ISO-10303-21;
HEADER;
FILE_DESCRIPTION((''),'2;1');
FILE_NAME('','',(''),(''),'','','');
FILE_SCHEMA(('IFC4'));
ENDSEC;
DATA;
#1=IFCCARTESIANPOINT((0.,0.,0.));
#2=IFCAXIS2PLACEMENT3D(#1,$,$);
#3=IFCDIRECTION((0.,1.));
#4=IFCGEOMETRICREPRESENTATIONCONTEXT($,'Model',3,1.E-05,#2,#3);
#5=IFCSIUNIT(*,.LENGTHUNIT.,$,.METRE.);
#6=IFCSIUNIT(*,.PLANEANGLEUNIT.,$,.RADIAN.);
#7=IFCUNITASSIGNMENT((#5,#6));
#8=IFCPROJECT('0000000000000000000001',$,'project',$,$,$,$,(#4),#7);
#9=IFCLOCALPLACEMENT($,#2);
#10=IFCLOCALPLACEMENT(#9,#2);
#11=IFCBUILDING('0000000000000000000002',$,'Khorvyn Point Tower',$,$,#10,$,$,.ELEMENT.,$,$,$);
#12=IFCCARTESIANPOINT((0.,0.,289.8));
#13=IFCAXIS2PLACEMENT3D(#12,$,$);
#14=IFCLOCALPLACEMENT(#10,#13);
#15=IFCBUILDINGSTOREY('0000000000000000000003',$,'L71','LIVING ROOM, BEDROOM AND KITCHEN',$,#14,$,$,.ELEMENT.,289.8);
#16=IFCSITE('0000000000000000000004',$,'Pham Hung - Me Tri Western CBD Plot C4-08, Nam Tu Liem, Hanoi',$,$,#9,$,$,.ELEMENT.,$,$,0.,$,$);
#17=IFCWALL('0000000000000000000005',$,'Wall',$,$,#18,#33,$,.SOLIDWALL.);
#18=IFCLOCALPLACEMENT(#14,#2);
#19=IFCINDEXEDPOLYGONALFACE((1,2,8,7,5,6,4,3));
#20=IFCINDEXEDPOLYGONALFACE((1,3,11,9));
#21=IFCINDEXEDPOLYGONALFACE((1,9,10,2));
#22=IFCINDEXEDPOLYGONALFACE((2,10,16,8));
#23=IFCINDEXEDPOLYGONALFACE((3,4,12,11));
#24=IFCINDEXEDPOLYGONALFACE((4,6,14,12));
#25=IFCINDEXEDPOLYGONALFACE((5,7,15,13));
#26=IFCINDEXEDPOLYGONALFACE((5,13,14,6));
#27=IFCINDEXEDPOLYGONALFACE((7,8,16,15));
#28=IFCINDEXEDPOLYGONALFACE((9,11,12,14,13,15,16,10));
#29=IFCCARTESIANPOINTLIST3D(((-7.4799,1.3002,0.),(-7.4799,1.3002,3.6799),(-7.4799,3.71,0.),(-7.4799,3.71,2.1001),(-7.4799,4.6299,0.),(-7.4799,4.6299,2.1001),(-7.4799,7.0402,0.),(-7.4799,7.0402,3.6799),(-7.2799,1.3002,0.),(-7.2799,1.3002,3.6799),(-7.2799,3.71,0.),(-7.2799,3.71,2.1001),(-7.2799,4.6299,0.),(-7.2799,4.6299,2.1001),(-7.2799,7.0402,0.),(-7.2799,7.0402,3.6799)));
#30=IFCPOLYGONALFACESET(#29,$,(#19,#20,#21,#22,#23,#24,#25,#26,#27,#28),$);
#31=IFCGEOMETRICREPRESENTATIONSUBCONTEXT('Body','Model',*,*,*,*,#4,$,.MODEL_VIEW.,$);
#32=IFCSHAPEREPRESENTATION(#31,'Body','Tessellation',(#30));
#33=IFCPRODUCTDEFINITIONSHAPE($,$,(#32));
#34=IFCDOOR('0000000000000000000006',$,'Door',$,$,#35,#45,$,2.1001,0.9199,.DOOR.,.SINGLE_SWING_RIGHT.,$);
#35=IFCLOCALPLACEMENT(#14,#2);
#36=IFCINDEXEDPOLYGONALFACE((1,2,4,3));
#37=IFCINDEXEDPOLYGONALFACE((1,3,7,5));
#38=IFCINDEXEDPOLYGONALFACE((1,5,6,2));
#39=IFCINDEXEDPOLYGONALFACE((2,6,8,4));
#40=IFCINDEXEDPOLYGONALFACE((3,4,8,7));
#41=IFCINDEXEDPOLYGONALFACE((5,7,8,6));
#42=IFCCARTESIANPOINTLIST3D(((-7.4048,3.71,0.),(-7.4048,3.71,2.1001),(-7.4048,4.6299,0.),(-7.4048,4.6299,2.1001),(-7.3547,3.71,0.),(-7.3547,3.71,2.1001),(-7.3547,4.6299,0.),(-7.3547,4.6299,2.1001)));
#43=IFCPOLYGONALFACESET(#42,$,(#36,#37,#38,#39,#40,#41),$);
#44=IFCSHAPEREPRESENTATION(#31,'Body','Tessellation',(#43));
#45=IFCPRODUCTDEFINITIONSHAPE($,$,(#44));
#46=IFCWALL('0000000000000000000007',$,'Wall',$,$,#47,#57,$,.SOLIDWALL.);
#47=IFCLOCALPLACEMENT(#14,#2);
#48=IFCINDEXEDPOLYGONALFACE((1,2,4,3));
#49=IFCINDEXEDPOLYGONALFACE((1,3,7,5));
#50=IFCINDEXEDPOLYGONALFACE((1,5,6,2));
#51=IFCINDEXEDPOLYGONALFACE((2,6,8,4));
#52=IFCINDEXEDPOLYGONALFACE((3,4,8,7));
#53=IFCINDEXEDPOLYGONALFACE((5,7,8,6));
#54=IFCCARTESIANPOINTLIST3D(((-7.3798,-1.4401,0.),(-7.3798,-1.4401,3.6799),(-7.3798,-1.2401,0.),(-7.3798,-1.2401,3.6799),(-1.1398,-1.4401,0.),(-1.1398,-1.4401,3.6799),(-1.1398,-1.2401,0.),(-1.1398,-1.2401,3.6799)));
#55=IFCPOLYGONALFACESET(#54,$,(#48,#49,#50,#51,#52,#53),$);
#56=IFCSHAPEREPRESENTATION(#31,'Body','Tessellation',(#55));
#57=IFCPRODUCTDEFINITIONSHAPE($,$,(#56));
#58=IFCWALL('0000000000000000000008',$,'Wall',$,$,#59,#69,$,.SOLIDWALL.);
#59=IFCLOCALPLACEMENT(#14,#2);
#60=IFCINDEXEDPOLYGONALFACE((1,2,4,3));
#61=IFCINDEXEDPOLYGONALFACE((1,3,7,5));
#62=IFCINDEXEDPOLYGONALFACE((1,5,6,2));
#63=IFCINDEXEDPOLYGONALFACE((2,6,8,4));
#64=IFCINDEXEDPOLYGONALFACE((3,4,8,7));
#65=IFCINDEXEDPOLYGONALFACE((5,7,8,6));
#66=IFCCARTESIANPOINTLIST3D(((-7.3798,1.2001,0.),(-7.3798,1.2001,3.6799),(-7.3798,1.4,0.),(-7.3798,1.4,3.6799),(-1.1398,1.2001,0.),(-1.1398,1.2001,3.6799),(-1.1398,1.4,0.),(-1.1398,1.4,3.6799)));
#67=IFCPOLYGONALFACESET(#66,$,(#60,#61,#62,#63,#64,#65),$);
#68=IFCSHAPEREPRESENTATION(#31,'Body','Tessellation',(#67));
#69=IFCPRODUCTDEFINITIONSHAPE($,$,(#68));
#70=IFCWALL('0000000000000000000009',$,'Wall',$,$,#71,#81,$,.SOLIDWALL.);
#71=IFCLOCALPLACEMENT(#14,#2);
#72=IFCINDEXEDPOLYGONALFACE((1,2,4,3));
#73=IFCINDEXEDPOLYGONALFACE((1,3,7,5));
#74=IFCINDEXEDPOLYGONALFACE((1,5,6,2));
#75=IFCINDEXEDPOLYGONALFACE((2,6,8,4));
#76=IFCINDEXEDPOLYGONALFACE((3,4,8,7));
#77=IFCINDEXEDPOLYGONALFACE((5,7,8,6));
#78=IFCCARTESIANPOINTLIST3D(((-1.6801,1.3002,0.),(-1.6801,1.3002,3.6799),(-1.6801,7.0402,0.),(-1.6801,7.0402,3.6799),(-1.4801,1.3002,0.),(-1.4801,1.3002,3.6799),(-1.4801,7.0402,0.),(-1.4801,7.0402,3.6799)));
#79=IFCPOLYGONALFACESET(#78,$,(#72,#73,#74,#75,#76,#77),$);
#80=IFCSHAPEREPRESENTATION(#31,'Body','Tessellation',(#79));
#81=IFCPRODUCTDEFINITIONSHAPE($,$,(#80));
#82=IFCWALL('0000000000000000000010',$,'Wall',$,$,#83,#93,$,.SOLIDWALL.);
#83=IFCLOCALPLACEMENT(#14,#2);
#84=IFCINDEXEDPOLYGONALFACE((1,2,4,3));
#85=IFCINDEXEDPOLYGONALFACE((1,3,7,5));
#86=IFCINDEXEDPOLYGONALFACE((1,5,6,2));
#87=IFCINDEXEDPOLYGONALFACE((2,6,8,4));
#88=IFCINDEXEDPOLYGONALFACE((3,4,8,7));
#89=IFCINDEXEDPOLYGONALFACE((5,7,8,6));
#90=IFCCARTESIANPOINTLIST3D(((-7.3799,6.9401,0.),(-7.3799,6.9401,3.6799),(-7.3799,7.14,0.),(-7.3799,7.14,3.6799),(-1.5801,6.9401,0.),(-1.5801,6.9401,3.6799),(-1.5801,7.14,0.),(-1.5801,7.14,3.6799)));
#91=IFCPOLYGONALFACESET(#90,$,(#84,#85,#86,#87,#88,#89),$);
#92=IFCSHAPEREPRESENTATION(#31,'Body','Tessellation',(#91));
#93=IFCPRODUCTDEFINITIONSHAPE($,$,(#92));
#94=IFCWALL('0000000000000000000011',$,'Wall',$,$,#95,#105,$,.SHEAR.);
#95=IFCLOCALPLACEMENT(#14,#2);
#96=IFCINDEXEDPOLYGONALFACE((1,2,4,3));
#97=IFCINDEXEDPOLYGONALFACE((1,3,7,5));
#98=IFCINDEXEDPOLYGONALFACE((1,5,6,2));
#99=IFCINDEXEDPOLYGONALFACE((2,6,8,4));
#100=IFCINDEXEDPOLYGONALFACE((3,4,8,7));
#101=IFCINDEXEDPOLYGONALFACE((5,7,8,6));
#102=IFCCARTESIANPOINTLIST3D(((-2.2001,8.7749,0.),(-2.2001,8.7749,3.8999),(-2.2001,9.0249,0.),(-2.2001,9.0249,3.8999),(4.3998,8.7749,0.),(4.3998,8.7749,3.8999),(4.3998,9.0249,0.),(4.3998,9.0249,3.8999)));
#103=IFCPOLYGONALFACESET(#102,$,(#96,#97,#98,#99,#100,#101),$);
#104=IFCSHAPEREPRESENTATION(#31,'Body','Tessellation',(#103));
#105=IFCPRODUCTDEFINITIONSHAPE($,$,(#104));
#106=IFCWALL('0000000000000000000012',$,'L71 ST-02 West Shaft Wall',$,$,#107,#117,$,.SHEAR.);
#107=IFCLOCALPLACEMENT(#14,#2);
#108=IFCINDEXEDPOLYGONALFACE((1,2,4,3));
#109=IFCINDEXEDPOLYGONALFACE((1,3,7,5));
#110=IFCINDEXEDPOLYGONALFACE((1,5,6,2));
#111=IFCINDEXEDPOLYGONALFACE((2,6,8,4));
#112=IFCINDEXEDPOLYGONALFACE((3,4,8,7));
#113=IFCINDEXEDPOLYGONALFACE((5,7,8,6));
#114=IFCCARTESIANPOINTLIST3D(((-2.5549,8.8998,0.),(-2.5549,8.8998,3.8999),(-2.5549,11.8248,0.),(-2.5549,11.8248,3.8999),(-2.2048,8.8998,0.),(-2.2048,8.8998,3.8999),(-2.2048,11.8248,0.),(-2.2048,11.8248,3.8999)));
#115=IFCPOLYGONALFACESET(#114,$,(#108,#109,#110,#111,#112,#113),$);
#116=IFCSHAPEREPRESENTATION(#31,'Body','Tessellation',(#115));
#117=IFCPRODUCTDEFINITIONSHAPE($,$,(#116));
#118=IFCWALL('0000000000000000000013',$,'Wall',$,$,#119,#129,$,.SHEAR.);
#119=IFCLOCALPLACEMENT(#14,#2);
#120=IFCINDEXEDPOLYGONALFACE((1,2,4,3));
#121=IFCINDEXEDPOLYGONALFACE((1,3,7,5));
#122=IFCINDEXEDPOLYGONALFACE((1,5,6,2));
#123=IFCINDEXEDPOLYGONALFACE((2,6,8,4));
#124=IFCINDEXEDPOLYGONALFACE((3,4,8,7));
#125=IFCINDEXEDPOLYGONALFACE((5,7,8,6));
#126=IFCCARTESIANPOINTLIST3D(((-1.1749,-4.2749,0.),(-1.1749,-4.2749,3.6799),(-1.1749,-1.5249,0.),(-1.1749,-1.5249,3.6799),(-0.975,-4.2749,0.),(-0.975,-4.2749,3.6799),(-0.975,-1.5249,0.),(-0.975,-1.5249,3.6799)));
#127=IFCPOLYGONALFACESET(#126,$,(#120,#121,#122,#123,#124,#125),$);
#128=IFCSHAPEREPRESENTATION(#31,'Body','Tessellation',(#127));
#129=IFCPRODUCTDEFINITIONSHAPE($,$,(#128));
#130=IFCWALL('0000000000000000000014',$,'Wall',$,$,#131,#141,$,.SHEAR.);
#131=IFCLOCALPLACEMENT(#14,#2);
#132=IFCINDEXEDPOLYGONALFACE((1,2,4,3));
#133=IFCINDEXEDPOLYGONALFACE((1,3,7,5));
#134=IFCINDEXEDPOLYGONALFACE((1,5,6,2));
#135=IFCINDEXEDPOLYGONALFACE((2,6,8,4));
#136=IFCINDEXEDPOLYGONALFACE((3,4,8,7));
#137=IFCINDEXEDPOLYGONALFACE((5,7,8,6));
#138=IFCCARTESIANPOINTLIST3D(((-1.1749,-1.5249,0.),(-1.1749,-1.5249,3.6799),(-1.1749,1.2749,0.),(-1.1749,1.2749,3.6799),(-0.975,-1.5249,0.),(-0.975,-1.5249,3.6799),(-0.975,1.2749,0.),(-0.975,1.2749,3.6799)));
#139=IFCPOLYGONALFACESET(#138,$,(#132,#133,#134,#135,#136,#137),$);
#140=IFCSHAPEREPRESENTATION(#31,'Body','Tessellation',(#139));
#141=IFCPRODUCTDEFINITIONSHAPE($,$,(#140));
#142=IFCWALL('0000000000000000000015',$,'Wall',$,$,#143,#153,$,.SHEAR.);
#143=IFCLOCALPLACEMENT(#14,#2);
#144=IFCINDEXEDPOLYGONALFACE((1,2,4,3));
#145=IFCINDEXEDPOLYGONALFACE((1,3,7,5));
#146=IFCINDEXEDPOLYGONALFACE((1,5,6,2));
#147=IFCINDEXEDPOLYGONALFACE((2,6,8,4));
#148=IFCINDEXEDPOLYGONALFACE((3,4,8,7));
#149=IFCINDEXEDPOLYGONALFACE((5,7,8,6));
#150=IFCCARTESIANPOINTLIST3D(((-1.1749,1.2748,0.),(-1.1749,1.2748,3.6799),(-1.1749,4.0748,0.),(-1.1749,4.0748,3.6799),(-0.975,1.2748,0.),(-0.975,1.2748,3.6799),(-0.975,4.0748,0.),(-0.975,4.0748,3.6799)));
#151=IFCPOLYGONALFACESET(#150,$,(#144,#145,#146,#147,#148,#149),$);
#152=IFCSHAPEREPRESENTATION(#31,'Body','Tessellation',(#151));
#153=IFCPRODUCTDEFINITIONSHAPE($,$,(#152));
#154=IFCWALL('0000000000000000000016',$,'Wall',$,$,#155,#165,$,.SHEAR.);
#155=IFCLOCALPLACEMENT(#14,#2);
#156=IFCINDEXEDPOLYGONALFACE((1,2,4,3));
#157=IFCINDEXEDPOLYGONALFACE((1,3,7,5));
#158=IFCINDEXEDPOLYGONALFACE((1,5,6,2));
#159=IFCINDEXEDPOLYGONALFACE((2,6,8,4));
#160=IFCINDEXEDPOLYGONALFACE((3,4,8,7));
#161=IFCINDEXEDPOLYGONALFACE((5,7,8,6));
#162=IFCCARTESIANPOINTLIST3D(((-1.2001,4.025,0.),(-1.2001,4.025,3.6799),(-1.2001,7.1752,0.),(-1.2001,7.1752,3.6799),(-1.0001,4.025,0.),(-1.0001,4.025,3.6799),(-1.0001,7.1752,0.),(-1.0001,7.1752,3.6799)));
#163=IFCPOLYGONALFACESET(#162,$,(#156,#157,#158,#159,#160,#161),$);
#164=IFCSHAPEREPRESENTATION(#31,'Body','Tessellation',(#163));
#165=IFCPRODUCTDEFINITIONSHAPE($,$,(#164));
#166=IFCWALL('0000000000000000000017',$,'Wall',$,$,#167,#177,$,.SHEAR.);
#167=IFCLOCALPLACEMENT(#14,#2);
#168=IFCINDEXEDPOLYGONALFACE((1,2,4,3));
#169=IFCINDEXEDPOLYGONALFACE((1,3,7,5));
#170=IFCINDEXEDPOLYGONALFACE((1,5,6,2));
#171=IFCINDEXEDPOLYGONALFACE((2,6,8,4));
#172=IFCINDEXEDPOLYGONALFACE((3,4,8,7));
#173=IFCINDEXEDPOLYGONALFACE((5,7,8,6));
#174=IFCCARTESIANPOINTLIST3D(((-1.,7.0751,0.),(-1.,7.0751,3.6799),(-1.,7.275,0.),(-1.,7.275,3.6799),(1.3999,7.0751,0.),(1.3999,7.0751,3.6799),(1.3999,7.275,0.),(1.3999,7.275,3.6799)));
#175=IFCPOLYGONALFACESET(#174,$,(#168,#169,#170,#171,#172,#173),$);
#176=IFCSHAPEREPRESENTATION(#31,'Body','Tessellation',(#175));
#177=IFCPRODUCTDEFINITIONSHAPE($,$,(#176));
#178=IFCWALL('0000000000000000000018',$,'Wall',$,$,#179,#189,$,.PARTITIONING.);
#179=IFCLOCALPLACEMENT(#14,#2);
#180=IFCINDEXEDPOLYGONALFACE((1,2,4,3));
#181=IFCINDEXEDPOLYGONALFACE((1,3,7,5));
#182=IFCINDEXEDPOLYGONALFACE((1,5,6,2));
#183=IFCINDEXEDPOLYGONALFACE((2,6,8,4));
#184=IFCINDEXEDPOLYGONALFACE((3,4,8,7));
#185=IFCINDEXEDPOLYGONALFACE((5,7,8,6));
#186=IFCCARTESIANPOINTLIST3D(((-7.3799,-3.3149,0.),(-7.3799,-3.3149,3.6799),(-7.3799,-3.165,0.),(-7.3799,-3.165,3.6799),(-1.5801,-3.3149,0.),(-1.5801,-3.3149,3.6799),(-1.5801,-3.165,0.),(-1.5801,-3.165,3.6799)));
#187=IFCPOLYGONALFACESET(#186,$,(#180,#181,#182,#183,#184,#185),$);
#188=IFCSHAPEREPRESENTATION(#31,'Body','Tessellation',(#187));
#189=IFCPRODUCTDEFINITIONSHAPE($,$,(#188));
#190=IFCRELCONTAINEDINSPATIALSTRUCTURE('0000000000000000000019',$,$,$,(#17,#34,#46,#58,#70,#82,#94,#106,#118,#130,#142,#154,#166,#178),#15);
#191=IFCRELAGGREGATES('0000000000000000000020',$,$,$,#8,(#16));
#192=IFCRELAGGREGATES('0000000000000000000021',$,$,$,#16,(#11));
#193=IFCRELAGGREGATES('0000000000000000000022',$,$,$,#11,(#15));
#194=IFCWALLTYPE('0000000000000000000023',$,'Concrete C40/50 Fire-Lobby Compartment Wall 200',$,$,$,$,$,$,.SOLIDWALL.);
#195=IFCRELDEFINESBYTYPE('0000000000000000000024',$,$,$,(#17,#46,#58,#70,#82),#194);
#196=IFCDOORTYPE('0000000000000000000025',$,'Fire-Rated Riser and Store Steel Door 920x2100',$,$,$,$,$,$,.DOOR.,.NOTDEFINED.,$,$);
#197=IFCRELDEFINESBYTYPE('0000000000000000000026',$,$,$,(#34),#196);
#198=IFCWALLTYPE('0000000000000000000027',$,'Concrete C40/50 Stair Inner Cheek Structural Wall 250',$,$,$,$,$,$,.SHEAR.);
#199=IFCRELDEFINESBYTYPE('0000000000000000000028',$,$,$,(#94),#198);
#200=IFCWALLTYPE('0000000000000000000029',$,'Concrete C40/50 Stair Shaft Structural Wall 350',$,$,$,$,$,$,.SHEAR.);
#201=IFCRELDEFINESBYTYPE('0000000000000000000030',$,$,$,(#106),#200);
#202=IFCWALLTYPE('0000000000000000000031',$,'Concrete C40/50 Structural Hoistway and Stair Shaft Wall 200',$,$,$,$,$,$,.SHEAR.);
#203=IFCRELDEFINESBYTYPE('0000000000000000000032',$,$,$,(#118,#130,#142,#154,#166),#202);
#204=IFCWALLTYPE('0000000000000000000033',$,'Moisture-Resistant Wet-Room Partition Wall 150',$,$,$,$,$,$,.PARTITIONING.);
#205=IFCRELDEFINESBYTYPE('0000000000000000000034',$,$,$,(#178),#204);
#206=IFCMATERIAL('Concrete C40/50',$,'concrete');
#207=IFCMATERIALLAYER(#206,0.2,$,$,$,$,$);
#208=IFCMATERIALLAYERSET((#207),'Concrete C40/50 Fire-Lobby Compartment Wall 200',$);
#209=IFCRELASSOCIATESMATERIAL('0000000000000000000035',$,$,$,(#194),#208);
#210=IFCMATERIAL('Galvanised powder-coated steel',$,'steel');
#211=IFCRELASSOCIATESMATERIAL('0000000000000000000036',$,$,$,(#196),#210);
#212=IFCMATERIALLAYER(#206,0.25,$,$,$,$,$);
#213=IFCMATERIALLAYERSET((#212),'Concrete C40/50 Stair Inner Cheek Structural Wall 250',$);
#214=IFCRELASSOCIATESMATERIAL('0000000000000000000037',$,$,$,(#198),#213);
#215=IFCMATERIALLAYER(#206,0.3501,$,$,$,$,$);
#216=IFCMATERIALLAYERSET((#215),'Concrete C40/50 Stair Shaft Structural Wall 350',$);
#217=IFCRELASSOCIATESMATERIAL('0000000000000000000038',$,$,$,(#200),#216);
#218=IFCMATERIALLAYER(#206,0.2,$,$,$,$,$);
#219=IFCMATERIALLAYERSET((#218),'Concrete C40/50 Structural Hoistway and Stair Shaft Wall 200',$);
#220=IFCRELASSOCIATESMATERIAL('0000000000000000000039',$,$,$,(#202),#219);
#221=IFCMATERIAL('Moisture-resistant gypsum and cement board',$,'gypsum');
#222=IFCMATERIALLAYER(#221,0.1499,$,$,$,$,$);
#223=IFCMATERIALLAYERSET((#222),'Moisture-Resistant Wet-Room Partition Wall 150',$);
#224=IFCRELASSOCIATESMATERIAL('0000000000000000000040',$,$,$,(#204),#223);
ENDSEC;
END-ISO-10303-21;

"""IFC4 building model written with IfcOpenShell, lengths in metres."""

from ifc_helpers import new_model, si_unit, direction, frame, frame_2d, origin, place, context, subcontext, project, spatial, rectangle, extrude, material, layer, layer_set, type_object, element, fill, save


model = new_model("IFC4")

# Units and contexts
model_context = context("Model", 3, precision=1e-05, world=origin(), true_north=direction((0.0, 1.0)))
body_context = subcontext(model_context, "Body", "Model", "MODEL_VIEW")
ifc_project = project(units=[si_unit("LENGTHUNIT", "METRE"), si_unit("PLANEANGLEUNIT", "RADIAN")], contexts=[model_context])

# Site, building, storey
site_placement = place(None, origin())
site = spatial("IfcSite", under=ifc_project, at=site_placement, Name="Pham Hung - Me Tri Western CBD Plot C4-08, Nam Tu Liem, Hanoi", CompositionType="ELEMENT", RefElevation=0.0)
building_placement = place(site_placement, origin())
building = spatial("IfcBuilding", under=site, at=building_placement, Name="Khorvyn Point Tower", CompositionType="ELEMENT")
storey_placement = place(building_placement, frame((0.0, 0.0, 289.8)))
storey = spatial("IfcBuildingStorey", under=building, at=storey_placement, Name="L71", Description="LIVING ROOM, BEDROOM AND KITCHEN", CompositionType="ELEMENT", Elevation=289.8)

# Shared definitions
ifc_material_1 = material(Name="Concrete C40/50", Category="concrete")

# Wall, opening, door
ifc_layer_1 = layer(ifc_material_1, 0.2)
ifc_layer_set_1 = layer_set([ifc_layer_1], Name="Concrete C40/50 Fire-Lobby Compartment Wall 200")
wall_type_1 = type_object("IfcWallType", Name="Concrete C40/50 Fire-Lobby Compartment Wall 200", PredefinedType="SOLIDWALL", material=ifc_layer_set_1)
ifc_material_2 = material(Name="Galvanised powder-coated steel", Category="steel")
wall_1_placement = place(storey_placement, frame((-7.3799, 1.3, 0.0), z_axis=(0.0, 0.0, 1.0), x_axis=(0.0, 1.0, 0.0)))
wall_1 = element("IfcWall", 1, at=wall_1_placement, inside=storey, type_object=wall_type_1, Name="Wall", PredefinedType="SOLIDWALL", context=body_context, shape_type="SweptSolid", body=[
    extrude(rectangle(XDim=5.74, YDim=0.2, at=frame_2d((2.8701, 0.0))), origin(), (0.0, 0.0, 1.0), 3.6799),
])
opening_1_placement = place(wall_1_placement, frame((2.4099, 0.0, 0.0)))
opening_1 = element("IfcOpeningElement", 2, at=opening_1_placement, cuts=wall_1, PredefinedType="OPENING", context=body_context, shape_type="SweptSolid", body=[
    extrude(rectangle(XDim=0.9199, YDim=2.1001, at=frame_2d((0.46, 1.05))), frame((0.0, 0.1099, 0.0), z_axis=(0.0, -1.0, 0.0), x_axis=(1.0, 0.0, 0.0)), (0.0, 0.0, 1.0), 0.22),
])
door_type_1 = type_object("IfcDoorType", Name="Fire-Rated Riser and Store Steel Door 920x2100", OperationType="NOTDEFINED", PredefinedType="DOOR", material=ifc_material_2)
door_1_placement = place(opening_1_placement, origin())
door_1 = element("IfcDoor", 3, at=door_1_placement, inside=storey, type_object=door_type_1, Name="Door", OperationType="SINGLE_SWING_RIGHT", OverallHeight=2.1001, OverallWidth=0.9199, PredefinedType="DOOR", context=body_context, shape_type="SweptSolid", body=[
    extrude(rectangle(XDim=0.9199, YDim=2.1001, at=frame_2d((0.46, 1.05))), frame((0.0, 0.0249, 0.0), z_axis=(0.0, -1.0, 0.0), x_axis=(1.0, 0.0, 0.0)), (0.0, 0.0, 1.0), 0.05),
])
fill(opening_1, door_1)

# Walls
for number, where, z_axis, x_axis, name in (
    (4, (-7.3799, -1.3401, 0.0), (0.0, 0.0, 1.0), (1.0, 0.0, 0.0), "Wall"),
    (5, (-7.3799, 1.3, 0.0), (0.0, 0.0, 1.0), (1.0, 0.0, 0.0), "Wall"),
):
    element("IfcWall", number, at=place(storey_placement, frame(where, z_axis=z_axis, x_axis=x_axis)), inside=storey, type_object=wall_type_1, Name=name, PredefinedType="SOLIDWALL", context=body_context, shape_type="SweptSolid", body=[
        extrude(rectangle(XDim=6.24, YDim=0.2, at=frame_2d((3.1201, 0.0))), origin(), (0.0, 0.0, 1.0), 3.6799),
    ])
wall_2_placement = place(storey_placement, frame((-1.5801, 1.3, 0.0), z_axis=(0.0, 0.0, 1.0), x_axis=(0.0, 1.0, 0.0)))
element("IfcWall", 6, at=wall_2_placement, inside=storey, type_object=wall_type_1, Name="Wall", PredefinedType="SOLIDWALL", context=body_context, shape_type="SweptSolid", body=[
    extrude(rectangle(XDim=5.74, YDim=0.2, at=frame_2d((2.8701, 0.0))), origin(), (0.0, 0.0, 1.0), 3.6799),
])
wall_3_placement = place(storey_placement, frame((-7.3799, 7.04, 0.0), z_axis=(0.0, 0.0, 1.0), x_axis=(1.0, 0.0, 0.0)))
element("IfcWall", 7, at=wall_3_placement, inside=storey, type_object=wall_type_1, Name="Wall", PredefinedType="SOLIDWALL", context=body_context, shape_type="SweptSolid", body=[
    extrude(rectangle(XDim=5.7998, YDim=0.2, at=frame_2d((2.8999, 0.0))), origin(), (0.0, 0.0, 1.0), 3.6799),
])
ifc_layer_2 = layer(ifc_material_1, 0.25)
ifc_layer_set_2 = layer_set([ifc_layer_2], Name="Concrete C40/50 Stair Inner Cheek Structural Wall 250")
wall_type_2 = type_object("IfcWallType", Name="Concrete C40/50 Stair Inner Cheek Structural Wall 250", PredefinedType="SHEAR", material=ifc_layer_set_2)
wall_4_placement = place(storey_placement, frame((-2.2, 8.8999, 0.0), z_axis=(0.0, 0.0, 1.0), x_axis=(1.0, 0.0, 0.0)))
element("IfcWall", 8, at=wall_4_placement, inside=storey, type_object=wall_type_2, Name="Wall", PredefinedType="SHEAR", context=body_context, shape_type="SweptSolid", body=[
    extrude(rectangle(XDim=6.5999, YDim=0.25, at=frame_2d((3.2998, 0.0))), origin(), (0.0, 0.0, 1.0), 3.8999),
])
ifc_layer_3 = layer(ifc_material_1, 0.3501)
ifc_layer_set_3 = layer_set([ifc_layer_3], Name="Concrete C40/50 Stair Shaft Structural Wall 350")
wall_type_3 = type_object("IfcWallType", Name="Concrete C40/50 Stair Shaft Structural Wall 350", PredefinedType="SHEAR", material=ifc_layer_set_3)
wall_5_placement = place(storey_placement, frame((-2.3799, 8.8999, 0.0), z_axis=(0.0, 0.0, 1.0), x_axis=(0.0, 1.0, 0.0)))
element("IfcWall", 9, at=wall_5_placement, inside=storey, type_object=wall_type_3, Name="L71 ST-02 West Shaft Wall", PredefinedType="SHEAR", context=body_context, shape_type="SweptSolid", body=[
    extrude(rectangle(XDim=2.925, YDim=0.3501, at=frame_2d((1.4624, 0.0))), origin(), (0.0, 0.0, 1.0), 3.8999),
])
ifc_layer_4 = layer(ifc_material_1, 0.2)
ifc_layer_set_4 = layer_set([ifc_layer_4], Name="Concrete C40/50 Structural Hoistway and Stair Shaft Wall 200")
wall_type_4 = type_object("IfcWallType", Name="Concrete C40/50 Structural Hoistway and Stair Shaft Wall 200", PredefinedType="SHEAR", material=ifc_layer_set_4)
wall_6_placement = place(storey_placement, frame((-1.075, -4.2749, 0.0), z_axis=(0.0, 0.0, 1.0), x_axis=(0.0, 1.0, 0.0)))
element("IfcWall", 10, at=wall_6_placement, inside=storey, type_object=wall_type_4, Name="Wall", PredefinedType="SHEAR", context=body_context, shape_type="SweptSolid", body=[
    extrude(rectangle(XDim=2.75, YDim=0.2, at=frame_2d((1.375, 0.0))), origin(), (0.0, 0.0, 1.0), 3.6799),
])
wall_7_placement = place(storey_placement, frame((-1.075, -1.5249, 0.0), z_axis=(0.0, 0.0, 1.0), x_axis=(0.0, 1.0, 0.0)))
element("IfcWall", 11, at=wall_7_placement, inside=storey, type_object=wall_type_4, Name="Wall", PredefinedType="SHEAR", context=body_context, shape_type="SweptSolid", body=[
    extrude(rectangle(XDim=2.7998, YDim=0.2, at=frame_2d((1.3999, 0.0))), origin(), (0.0, 0.0, 1.0), 3.6799),
])
wall_8_placement = place(storey_placement, frame((-1.075, 1.2749, 0.0), z_axis=(0.0, 0.0, 1.0), x_axis=(0.0, 1.0, 0.0)))
element("IfcWall", 12, at=wall_8_placement, inside=storey, type_object=wall_type_4, Name="Wall", PredefinedType="SHEAR", context=body_context, shape_type="SweptSolid", body=[
    extrude(rectangle(XDim=2.8, YDim=0.2, at=frame_2d((1.3999, 0.0))), origin(), (0.0, 0.0, 1.0), 3.6799),
])
wall_9_placement = place(storey_placement, frame((-1.1001, 4.0249, 0.0), z_axis=(0.0, 0.0, 1.0), x_axis=(0.0, 1.0, 0.0)))
element("IfcWall", 13, at=wall_9_placement, inside=storey, type_object=wall_type_4, Name="Wall", PredefinedType="SHEAR", context=body_context, shape_type="SweptSolid", body=[
    extrude(rectangle(XDim=3.1501, YDim=0.2, at=frame_2d((1.5752, 0.0))), origin(), (0.0, 0.0, 1.0), 3.6799),
])
wall_10_placement = place(storey_placement, frame((-1.0, 7.175, 0.0), z_axis=(0.0, 0.0, 1.0), x_axis=(1.0, 0.0, 0.0)))
element("IfcWall", 14, at=wall_10_placement, inside=storey, type_object=wall_type_4, Name="Wall", PredefinedType="SHEAR", context=body_context, shape_type="SweptSolid", body=[
    extrude(rectangle(XDim=2.3999, YDim=0.2, at=frame_2d((1.2, 0.0))), origin(), (0.0, 0.0, 1.0), 3.6799),
])
ifc_material_3 = material(Name="Moisture-resistant gypsum and cement board", Category="gypsum")
ifc_layer_5 = layer(ifc_material_3, 0.1499)
ifc_layer_set_5 = layer_set([ifc_layer_5], Name="Moisture-Resistant Wet-Room Partition Wall 150")
wall_type_5 = type_object("IfcWallType", Name="Moisture-Resistant Wet-Room Partition Wall 150", PredefinedType="PARTITIONING", material=ifc_layer_set_5)
wall_11_placement = place(storey_placement, frame((-7.3799, -3.24, 0.0), z_axis=(0.0, 0.0, 1.0), x_axis=(1.0, 0.0, 0.0)))
element("IfcWall", 15, at=wall_11_placement, inside=storey, type_object=wall_type_5, Name="Wall", PredefinedType="PARTITIONING", context=body_context, shape_type="SweptSolid", body=[
    extrude(rectangle(XDim=5.7998, YDim=0.1499, at=frame_2d((2.8999, 0.0))), origin(), (0.0, 0.0, 1.0), 3.6799),
])

save(model, "model.ifc")
